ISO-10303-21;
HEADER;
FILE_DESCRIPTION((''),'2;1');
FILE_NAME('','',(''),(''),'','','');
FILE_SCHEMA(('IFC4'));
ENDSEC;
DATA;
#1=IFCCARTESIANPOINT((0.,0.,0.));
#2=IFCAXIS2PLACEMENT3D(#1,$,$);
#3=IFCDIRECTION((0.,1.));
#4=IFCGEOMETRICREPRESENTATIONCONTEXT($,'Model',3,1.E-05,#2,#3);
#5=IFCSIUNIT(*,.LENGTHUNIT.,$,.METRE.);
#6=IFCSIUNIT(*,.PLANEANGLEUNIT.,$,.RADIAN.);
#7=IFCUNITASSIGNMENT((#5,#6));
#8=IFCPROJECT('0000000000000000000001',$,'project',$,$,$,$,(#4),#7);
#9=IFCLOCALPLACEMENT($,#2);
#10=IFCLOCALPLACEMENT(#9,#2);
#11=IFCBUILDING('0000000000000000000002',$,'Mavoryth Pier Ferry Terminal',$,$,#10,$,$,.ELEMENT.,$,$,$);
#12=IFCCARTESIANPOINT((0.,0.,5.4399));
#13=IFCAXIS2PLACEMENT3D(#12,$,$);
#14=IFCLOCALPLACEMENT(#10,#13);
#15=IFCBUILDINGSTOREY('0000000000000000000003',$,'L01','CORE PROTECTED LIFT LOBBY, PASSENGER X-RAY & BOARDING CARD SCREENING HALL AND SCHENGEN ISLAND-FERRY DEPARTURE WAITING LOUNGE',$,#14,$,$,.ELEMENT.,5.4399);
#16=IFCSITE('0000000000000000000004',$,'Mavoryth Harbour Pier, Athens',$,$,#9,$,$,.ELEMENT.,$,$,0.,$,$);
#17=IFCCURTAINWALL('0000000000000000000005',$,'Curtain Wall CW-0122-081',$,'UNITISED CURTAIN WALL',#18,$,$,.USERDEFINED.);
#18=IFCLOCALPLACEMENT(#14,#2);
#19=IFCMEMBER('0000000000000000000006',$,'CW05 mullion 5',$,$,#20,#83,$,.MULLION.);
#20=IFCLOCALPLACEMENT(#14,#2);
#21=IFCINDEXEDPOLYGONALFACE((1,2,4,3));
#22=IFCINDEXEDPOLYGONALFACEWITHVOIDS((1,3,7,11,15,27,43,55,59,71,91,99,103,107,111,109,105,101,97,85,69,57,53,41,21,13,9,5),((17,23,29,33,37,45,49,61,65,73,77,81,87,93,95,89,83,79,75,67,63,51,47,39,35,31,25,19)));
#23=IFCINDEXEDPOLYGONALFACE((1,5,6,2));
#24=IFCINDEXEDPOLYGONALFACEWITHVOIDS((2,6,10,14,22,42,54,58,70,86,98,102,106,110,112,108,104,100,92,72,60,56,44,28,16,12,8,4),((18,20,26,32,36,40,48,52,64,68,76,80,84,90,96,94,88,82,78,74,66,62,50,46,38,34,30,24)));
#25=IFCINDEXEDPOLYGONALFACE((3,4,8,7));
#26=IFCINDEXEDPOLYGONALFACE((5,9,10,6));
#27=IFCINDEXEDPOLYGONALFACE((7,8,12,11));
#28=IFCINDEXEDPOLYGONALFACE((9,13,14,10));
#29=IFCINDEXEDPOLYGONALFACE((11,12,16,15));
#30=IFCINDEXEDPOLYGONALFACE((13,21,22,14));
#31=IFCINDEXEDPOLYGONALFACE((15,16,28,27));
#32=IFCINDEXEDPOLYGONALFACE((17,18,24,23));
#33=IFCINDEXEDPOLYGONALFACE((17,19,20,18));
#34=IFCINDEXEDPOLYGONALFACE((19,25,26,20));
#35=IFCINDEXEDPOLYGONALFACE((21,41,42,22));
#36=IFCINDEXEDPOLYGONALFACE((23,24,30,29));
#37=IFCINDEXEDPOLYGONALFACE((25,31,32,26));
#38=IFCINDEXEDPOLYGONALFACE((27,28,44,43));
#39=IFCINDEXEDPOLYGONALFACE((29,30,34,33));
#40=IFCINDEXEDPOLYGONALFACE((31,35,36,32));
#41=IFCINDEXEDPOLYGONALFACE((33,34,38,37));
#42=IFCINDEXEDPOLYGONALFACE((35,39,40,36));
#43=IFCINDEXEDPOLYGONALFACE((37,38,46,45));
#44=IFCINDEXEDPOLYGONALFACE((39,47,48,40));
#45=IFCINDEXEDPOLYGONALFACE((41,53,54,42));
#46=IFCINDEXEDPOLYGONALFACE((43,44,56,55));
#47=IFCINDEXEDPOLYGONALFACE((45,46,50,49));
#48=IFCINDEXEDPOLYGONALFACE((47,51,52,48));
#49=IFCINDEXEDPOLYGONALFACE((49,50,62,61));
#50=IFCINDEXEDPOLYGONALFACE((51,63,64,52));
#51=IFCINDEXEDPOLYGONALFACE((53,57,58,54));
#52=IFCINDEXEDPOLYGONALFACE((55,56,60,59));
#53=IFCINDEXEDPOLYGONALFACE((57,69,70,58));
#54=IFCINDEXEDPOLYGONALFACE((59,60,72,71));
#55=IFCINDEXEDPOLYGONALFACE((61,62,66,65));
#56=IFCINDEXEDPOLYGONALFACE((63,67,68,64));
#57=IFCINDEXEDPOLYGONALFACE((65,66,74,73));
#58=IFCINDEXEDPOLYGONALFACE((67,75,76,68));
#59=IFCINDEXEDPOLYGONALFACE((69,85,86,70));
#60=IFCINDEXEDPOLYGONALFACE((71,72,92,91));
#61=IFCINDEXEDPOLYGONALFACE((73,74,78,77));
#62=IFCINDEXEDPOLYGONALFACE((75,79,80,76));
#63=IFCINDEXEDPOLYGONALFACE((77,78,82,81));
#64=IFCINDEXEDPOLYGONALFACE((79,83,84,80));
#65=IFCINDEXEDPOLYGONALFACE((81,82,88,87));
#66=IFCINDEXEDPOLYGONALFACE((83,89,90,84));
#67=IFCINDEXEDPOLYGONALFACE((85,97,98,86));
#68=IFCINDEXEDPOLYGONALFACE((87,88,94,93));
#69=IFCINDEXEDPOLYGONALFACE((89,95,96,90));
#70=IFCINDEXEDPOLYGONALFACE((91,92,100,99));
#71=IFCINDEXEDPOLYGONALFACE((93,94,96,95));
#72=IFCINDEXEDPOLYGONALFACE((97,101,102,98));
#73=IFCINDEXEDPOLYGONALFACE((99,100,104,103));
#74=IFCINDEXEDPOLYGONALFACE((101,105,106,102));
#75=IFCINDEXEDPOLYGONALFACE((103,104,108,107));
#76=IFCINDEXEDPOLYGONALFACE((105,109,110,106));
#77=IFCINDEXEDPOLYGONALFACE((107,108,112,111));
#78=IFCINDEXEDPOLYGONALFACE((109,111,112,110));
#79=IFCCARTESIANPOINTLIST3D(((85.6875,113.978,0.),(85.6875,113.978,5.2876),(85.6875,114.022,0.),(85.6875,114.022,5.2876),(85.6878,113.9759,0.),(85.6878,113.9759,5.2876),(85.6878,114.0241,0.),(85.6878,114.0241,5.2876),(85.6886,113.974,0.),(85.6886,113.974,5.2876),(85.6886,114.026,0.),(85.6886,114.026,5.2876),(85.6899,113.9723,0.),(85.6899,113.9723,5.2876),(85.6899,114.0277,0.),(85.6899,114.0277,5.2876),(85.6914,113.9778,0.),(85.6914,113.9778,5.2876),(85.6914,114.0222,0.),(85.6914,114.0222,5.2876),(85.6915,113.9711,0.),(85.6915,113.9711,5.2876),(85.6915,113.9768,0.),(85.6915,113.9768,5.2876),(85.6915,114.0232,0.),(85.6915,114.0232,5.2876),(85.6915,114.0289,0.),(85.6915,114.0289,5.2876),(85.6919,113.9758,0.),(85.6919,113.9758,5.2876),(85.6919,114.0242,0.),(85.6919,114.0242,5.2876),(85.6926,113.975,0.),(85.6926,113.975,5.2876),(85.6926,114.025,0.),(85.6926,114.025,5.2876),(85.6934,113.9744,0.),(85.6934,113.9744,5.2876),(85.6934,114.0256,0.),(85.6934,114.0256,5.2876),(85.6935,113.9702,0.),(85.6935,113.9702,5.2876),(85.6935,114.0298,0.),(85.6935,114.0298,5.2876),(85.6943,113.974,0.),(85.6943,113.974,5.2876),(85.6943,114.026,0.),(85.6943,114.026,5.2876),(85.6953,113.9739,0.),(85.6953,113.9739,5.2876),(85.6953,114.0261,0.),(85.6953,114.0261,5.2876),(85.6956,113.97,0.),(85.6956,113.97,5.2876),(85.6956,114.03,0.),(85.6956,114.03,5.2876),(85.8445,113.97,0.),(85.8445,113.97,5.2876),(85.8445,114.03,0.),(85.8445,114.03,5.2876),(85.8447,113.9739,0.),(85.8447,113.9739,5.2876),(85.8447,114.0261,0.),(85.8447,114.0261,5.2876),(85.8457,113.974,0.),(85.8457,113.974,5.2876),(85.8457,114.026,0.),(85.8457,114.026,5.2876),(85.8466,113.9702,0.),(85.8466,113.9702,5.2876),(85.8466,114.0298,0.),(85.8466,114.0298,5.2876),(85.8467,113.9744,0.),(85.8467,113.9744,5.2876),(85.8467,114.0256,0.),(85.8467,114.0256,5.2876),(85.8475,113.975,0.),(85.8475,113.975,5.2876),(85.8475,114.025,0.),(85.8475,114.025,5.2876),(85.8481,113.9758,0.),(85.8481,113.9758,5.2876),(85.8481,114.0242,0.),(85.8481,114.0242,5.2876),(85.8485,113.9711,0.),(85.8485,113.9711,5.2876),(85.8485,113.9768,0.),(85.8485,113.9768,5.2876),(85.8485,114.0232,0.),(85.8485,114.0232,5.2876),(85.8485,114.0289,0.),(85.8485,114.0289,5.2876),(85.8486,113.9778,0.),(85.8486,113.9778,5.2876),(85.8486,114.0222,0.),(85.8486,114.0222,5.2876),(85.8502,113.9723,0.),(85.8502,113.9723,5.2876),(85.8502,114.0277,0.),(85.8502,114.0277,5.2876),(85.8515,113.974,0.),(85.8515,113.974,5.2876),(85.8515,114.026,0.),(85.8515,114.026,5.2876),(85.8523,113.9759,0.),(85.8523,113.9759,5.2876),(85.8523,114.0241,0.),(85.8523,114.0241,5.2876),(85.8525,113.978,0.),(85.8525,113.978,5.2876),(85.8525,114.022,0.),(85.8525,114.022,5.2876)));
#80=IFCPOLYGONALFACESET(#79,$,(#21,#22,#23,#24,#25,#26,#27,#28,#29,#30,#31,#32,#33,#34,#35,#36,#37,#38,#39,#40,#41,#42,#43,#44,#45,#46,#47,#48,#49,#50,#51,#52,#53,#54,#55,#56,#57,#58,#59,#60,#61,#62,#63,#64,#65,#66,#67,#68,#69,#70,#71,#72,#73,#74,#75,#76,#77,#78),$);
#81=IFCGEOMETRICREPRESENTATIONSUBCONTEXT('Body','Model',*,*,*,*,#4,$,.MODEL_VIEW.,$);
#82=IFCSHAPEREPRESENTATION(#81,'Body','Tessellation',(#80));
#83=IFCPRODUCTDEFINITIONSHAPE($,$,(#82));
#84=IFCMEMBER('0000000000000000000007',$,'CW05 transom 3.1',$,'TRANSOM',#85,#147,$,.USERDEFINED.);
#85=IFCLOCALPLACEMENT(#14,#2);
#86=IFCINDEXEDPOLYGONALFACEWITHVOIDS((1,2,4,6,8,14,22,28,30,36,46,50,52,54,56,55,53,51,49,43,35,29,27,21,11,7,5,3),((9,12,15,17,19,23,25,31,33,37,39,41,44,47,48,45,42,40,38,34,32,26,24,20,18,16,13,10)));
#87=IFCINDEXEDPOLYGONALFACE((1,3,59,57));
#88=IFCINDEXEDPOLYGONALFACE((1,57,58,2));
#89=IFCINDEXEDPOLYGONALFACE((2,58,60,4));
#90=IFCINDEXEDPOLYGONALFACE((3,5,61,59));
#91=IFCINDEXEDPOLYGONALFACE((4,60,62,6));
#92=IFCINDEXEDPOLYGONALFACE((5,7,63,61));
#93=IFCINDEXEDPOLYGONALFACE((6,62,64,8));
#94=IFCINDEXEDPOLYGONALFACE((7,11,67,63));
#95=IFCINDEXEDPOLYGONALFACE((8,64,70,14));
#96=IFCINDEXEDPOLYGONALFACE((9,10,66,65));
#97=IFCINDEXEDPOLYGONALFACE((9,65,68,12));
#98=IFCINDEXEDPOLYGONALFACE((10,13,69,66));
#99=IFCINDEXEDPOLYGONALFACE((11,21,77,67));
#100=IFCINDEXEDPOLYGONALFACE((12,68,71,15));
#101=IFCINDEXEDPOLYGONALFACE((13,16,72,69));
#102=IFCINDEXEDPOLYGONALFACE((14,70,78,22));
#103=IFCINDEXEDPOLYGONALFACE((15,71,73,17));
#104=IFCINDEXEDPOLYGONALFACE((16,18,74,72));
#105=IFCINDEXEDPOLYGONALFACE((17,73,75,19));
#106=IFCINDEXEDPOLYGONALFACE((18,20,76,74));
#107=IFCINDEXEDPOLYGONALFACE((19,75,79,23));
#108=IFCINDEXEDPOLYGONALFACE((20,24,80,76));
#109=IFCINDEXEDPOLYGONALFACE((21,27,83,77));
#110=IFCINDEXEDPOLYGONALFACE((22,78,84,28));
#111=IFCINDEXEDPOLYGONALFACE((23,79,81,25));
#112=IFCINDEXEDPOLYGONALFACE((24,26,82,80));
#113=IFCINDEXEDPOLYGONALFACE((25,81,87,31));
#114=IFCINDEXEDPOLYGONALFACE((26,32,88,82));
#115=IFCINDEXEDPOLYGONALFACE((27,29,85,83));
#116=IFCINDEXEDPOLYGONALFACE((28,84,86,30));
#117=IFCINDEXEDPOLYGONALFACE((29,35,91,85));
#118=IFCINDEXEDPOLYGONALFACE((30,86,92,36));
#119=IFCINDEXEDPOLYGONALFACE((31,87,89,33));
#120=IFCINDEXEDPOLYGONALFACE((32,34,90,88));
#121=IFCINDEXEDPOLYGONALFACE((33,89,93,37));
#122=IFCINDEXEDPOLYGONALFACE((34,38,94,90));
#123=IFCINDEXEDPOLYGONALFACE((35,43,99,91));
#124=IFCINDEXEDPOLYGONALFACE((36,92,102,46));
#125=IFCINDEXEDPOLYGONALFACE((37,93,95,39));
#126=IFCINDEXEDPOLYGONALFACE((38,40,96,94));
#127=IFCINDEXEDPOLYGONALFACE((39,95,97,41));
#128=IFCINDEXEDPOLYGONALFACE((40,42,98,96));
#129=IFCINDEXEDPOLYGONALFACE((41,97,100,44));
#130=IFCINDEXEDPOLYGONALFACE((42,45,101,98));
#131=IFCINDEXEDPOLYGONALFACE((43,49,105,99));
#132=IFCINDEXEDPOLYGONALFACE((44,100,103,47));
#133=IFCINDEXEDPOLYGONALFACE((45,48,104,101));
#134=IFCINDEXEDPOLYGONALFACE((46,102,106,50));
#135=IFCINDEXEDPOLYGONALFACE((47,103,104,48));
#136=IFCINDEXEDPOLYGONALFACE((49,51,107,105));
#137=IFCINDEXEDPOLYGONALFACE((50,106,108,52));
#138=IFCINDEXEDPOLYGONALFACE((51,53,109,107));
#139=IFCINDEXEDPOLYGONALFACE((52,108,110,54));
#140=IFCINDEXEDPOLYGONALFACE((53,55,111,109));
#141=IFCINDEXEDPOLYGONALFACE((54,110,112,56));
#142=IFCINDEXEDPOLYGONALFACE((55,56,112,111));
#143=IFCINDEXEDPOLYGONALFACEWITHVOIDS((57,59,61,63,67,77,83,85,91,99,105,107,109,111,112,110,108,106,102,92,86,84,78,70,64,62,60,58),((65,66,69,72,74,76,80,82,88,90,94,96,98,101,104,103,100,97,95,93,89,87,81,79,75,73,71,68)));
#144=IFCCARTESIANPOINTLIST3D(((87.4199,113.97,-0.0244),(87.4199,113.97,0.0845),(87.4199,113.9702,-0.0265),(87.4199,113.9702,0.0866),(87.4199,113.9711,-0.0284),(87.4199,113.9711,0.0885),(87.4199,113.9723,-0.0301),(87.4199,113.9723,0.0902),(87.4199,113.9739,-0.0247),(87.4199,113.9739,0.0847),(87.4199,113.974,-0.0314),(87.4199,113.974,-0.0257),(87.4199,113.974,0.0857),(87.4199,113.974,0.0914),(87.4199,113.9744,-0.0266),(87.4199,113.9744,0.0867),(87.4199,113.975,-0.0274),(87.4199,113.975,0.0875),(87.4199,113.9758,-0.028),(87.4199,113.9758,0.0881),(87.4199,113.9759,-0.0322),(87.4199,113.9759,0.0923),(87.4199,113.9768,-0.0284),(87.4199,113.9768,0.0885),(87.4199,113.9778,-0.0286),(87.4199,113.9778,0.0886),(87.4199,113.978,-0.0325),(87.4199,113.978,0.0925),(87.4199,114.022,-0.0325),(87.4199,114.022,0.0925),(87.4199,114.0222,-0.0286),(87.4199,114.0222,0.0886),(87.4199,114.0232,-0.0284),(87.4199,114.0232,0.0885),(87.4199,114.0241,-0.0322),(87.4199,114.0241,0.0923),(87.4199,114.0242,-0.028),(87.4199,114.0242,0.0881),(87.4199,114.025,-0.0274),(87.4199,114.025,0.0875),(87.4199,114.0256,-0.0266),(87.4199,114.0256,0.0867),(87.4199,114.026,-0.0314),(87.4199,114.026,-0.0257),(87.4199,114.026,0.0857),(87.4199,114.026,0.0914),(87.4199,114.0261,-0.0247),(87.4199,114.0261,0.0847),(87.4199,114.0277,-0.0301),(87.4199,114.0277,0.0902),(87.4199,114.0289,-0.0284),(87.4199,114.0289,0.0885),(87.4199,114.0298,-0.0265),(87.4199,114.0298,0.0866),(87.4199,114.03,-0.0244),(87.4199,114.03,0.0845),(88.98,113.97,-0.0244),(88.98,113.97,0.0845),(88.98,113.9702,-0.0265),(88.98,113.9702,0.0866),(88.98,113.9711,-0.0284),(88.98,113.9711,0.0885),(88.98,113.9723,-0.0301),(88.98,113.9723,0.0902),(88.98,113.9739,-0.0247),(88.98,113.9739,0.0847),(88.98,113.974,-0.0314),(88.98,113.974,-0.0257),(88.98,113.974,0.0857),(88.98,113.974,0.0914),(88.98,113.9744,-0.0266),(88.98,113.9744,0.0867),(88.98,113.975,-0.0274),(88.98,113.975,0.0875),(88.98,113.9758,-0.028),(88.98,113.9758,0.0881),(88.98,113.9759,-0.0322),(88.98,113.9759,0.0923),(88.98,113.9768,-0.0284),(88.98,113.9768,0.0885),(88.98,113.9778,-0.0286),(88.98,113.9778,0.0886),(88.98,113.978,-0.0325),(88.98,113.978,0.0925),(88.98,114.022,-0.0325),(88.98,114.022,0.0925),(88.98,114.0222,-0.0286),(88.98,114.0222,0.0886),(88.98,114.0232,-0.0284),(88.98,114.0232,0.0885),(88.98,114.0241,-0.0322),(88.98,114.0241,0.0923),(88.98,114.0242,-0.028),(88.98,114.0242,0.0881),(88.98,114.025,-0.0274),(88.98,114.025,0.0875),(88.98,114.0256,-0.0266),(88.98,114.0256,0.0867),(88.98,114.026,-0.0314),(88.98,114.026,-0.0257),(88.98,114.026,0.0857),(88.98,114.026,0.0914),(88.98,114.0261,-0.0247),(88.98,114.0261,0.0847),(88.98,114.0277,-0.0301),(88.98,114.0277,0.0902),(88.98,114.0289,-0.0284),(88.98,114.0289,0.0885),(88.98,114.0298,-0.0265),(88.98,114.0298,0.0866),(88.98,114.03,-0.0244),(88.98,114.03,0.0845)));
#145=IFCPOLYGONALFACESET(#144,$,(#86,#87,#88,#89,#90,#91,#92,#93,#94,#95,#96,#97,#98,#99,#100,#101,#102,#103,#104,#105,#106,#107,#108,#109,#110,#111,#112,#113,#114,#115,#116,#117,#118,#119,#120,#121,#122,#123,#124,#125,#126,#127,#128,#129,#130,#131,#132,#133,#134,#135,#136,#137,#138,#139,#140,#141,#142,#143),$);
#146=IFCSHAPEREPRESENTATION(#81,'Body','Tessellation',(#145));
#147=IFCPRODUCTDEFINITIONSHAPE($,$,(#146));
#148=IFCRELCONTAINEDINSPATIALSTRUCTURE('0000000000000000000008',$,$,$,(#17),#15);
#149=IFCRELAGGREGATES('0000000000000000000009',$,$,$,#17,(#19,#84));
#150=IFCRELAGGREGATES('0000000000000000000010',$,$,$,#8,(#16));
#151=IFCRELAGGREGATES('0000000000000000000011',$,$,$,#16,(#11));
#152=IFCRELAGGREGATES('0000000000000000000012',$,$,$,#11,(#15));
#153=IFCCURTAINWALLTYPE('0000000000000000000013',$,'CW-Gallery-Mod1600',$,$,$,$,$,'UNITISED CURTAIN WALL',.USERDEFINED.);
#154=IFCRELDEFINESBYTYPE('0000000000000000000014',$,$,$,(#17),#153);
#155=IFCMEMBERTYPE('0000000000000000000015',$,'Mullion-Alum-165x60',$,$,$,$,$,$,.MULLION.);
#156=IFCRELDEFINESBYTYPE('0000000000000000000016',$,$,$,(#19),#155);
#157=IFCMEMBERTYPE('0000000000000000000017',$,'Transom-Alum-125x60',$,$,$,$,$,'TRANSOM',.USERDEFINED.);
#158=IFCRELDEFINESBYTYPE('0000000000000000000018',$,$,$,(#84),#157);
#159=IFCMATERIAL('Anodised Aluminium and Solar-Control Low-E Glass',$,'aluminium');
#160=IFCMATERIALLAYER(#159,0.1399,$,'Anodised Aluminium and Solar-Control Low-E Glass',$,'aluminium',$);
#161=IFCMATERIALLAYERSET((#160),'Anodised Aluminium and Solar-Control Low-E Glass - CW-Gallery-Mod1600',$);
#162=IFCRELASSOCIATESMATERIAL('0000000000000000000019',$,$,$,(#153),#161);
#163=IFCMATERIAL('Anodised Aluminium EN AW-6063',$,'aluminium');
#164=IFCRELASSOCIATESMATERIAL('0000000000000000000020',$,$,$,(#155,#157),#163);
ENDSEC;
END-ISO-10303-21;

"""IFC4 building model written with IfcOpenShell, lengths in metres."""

from ifc_helpers import new_model, si_unit, direction, frame, origin, origin_2d, place, context, subcontext, project, spatial, hollow_rectangle, extrude, material, layer, layer_set, material_profile, profile_set, type_object, element, aggregate, save


model = new_model("IFC4")

# Units and contexts
model_context = context("Model", 3, precision=1e-05, world=origin(), true_north=direction((0.0, 1.0)))
body_context = subcontext(model_context, "Body", "Model", "MODEL_VIEW")
ifc_project = project(units=[si_unit("LENGTHUNIT", "METRE"), si_unit("PLANEANGLEUNIT", "RADIAN")], contexts=[model_context])

# Site, building, storey
site_placement = place(None, origin())
site = spatial("IfcSite", under=ifc_project, at=site_placement, Name="Mavoryth Harbour Pier, Athens", CompositionType="ELEMENT", RefElevation=0.0)
building_placement = place(site_placement, origin())
building = spatial("IfcBuilding", under=site, at=building_placement, Name="Mavoryth Pier Ferry Terminal", CompositionType="ELEMENT")
storey_placement = place(building_placement, frame((0.0, 0.0, 5.4399)))
storey = spatial("IfcBuildingStorey", under=building, at=storey_placement, Name="L01", Description="CORE PROTECTED LIFT LOBBY, PASSENGER X-RAY & BOARDING CARD SCREENING HALL AND SCHENGEN ISLAND-FERRY DEPARTURE WAITING LOUNGE", CompositionType="ELEMENT", Elevation=5.4399)

# Curtain wall, members
ifc_material_1 = material(Name="Anodised Aluminium and Solar-Control Low-E Glass", Category="aluminium")
ifc_layer_1 = layer(ifc_material_1, 0.1399, Name="Anodised Aluminium and Solar-Control Low-E Glass", Category="aluminium")
ifc_layer_set_1 = layer_set([ifc_layer_1], Name="Anodised Aluminium and Solar-Control Low-E Glass - CW-Gallery-Mod1600")
curtain_wall_type = type_object("IfcCurtainWallType", Name="CW-Gallery-Mod1600", ElementType="UNITISED CURTAIN WALL", PredefinedType="USERDEFINED", material=ifc_layer_set_1)
curtain_wall_placement = place(storey_placement, origin())
curtain_wall = element("IfcCurtainWall", 1, at=curtain_wall_placement, inside=storey, type_object=curtain_wall_type, Name="Curtain Wall CW-0122-081", ObjectType="UNITISED CURTAIN WALL", PredefinedType="USERDEFINED")
ifc_material_2 = material(Name="Anodised Aluminium EN AW-6063", Category="aluminium")
ifc_material_profile_1 = material_profile(ifc_material_2, hollow_rectangle(XDim=0.0601, YDim=0.165, WallThickness=0.0039, InnerFilletRadius=0.0039, OuterFilletRadius=0.0081, at=origin_2d()), Name="AL-MULL 165x60x4", Category="aluminium")
ifc_profile_set_1 = profile_set([ifc_material_profile_1], Name="Anodised Aluminium EN AW-6063 - AL-MULL 165x60x4")
member_type_1 = type_object("IfcMemberType", Name="Mullion-Alum-165x60", PredefinedType="MULLION", material=ifc_profile_set_1)
member_1_placement = place(storey_placement, frame((85.77, 114.0, 0.0), z_axis=(0.0, 0.0, 1.0), x_axis=(0.0, -1.0, 0.0)))
member_1 = element("IfcMember", 2, at=member_1_placement, type_object=member_type_1, Name="CW05 mullion 5", PredefinedType="MULLION", context=body_context, shape_type="SweptSolid", body=[
    extrude(hollow_rectangle(XDim=0.0601, YDim=0.165, WallThickness=0.0039, InnerFilletRadius=0.0039, OuterFilletRadius=0.0081, at=origin_2d()), origin(), (0.0, 0.0, 1.0), 5.2876),
])
ifc_material_profile_2 = material_profile(ifc_material_2, hollow_rectangle(XDim=0.0601, YDim=0.125, WallThickness=0.0039, InnerFilletRadius=0.0039, OuterFilletRadius=0.0081, at=origin_2d()), Name="AL-TRAN 125x60x4", Category="aluminium")
ifc_profile_set_2 = profile_set([ifc_material_profile_2], Name="Anodised Aluminium EN AW-6063 - AL-TRAN 125x60x4")
member_type_2 = type_object("IfcMemberType", Name="Transom-Alum-125x60", ElementType="TRANSOM", PredefinedType="USERDEFINED", material=ifc_profile_set_2)
member_2_placement = place(storey_placement, frame((88.98, 114.0, 0.03), z_axis=(-1.0, 0.0, 0.0), x_axis=(0.0, -1.0, 0.0)))
member_2 = element("IfcMember", 3, at=member_2_placement, type_object=member_type_2, Name="CW05 transom 3.1", ObjectType="TRANSOM", PredefinedType="USERDEFINED", context=body_context, shape_type="SweptSolid", body=[
    extrude(hollow_rectangle(XDim=0.0601, YDim=0.125, WallThickness=0.0039, InnerFilletRadius=0.0039, OuterFilletRadius=0.0081, at=origin_2d()), origin(), (0.0, 0.0, 1.0), 1.5601),
])
aggregate(curtain_wall, [member_1, member_2])

save(model, "model.ifc")
